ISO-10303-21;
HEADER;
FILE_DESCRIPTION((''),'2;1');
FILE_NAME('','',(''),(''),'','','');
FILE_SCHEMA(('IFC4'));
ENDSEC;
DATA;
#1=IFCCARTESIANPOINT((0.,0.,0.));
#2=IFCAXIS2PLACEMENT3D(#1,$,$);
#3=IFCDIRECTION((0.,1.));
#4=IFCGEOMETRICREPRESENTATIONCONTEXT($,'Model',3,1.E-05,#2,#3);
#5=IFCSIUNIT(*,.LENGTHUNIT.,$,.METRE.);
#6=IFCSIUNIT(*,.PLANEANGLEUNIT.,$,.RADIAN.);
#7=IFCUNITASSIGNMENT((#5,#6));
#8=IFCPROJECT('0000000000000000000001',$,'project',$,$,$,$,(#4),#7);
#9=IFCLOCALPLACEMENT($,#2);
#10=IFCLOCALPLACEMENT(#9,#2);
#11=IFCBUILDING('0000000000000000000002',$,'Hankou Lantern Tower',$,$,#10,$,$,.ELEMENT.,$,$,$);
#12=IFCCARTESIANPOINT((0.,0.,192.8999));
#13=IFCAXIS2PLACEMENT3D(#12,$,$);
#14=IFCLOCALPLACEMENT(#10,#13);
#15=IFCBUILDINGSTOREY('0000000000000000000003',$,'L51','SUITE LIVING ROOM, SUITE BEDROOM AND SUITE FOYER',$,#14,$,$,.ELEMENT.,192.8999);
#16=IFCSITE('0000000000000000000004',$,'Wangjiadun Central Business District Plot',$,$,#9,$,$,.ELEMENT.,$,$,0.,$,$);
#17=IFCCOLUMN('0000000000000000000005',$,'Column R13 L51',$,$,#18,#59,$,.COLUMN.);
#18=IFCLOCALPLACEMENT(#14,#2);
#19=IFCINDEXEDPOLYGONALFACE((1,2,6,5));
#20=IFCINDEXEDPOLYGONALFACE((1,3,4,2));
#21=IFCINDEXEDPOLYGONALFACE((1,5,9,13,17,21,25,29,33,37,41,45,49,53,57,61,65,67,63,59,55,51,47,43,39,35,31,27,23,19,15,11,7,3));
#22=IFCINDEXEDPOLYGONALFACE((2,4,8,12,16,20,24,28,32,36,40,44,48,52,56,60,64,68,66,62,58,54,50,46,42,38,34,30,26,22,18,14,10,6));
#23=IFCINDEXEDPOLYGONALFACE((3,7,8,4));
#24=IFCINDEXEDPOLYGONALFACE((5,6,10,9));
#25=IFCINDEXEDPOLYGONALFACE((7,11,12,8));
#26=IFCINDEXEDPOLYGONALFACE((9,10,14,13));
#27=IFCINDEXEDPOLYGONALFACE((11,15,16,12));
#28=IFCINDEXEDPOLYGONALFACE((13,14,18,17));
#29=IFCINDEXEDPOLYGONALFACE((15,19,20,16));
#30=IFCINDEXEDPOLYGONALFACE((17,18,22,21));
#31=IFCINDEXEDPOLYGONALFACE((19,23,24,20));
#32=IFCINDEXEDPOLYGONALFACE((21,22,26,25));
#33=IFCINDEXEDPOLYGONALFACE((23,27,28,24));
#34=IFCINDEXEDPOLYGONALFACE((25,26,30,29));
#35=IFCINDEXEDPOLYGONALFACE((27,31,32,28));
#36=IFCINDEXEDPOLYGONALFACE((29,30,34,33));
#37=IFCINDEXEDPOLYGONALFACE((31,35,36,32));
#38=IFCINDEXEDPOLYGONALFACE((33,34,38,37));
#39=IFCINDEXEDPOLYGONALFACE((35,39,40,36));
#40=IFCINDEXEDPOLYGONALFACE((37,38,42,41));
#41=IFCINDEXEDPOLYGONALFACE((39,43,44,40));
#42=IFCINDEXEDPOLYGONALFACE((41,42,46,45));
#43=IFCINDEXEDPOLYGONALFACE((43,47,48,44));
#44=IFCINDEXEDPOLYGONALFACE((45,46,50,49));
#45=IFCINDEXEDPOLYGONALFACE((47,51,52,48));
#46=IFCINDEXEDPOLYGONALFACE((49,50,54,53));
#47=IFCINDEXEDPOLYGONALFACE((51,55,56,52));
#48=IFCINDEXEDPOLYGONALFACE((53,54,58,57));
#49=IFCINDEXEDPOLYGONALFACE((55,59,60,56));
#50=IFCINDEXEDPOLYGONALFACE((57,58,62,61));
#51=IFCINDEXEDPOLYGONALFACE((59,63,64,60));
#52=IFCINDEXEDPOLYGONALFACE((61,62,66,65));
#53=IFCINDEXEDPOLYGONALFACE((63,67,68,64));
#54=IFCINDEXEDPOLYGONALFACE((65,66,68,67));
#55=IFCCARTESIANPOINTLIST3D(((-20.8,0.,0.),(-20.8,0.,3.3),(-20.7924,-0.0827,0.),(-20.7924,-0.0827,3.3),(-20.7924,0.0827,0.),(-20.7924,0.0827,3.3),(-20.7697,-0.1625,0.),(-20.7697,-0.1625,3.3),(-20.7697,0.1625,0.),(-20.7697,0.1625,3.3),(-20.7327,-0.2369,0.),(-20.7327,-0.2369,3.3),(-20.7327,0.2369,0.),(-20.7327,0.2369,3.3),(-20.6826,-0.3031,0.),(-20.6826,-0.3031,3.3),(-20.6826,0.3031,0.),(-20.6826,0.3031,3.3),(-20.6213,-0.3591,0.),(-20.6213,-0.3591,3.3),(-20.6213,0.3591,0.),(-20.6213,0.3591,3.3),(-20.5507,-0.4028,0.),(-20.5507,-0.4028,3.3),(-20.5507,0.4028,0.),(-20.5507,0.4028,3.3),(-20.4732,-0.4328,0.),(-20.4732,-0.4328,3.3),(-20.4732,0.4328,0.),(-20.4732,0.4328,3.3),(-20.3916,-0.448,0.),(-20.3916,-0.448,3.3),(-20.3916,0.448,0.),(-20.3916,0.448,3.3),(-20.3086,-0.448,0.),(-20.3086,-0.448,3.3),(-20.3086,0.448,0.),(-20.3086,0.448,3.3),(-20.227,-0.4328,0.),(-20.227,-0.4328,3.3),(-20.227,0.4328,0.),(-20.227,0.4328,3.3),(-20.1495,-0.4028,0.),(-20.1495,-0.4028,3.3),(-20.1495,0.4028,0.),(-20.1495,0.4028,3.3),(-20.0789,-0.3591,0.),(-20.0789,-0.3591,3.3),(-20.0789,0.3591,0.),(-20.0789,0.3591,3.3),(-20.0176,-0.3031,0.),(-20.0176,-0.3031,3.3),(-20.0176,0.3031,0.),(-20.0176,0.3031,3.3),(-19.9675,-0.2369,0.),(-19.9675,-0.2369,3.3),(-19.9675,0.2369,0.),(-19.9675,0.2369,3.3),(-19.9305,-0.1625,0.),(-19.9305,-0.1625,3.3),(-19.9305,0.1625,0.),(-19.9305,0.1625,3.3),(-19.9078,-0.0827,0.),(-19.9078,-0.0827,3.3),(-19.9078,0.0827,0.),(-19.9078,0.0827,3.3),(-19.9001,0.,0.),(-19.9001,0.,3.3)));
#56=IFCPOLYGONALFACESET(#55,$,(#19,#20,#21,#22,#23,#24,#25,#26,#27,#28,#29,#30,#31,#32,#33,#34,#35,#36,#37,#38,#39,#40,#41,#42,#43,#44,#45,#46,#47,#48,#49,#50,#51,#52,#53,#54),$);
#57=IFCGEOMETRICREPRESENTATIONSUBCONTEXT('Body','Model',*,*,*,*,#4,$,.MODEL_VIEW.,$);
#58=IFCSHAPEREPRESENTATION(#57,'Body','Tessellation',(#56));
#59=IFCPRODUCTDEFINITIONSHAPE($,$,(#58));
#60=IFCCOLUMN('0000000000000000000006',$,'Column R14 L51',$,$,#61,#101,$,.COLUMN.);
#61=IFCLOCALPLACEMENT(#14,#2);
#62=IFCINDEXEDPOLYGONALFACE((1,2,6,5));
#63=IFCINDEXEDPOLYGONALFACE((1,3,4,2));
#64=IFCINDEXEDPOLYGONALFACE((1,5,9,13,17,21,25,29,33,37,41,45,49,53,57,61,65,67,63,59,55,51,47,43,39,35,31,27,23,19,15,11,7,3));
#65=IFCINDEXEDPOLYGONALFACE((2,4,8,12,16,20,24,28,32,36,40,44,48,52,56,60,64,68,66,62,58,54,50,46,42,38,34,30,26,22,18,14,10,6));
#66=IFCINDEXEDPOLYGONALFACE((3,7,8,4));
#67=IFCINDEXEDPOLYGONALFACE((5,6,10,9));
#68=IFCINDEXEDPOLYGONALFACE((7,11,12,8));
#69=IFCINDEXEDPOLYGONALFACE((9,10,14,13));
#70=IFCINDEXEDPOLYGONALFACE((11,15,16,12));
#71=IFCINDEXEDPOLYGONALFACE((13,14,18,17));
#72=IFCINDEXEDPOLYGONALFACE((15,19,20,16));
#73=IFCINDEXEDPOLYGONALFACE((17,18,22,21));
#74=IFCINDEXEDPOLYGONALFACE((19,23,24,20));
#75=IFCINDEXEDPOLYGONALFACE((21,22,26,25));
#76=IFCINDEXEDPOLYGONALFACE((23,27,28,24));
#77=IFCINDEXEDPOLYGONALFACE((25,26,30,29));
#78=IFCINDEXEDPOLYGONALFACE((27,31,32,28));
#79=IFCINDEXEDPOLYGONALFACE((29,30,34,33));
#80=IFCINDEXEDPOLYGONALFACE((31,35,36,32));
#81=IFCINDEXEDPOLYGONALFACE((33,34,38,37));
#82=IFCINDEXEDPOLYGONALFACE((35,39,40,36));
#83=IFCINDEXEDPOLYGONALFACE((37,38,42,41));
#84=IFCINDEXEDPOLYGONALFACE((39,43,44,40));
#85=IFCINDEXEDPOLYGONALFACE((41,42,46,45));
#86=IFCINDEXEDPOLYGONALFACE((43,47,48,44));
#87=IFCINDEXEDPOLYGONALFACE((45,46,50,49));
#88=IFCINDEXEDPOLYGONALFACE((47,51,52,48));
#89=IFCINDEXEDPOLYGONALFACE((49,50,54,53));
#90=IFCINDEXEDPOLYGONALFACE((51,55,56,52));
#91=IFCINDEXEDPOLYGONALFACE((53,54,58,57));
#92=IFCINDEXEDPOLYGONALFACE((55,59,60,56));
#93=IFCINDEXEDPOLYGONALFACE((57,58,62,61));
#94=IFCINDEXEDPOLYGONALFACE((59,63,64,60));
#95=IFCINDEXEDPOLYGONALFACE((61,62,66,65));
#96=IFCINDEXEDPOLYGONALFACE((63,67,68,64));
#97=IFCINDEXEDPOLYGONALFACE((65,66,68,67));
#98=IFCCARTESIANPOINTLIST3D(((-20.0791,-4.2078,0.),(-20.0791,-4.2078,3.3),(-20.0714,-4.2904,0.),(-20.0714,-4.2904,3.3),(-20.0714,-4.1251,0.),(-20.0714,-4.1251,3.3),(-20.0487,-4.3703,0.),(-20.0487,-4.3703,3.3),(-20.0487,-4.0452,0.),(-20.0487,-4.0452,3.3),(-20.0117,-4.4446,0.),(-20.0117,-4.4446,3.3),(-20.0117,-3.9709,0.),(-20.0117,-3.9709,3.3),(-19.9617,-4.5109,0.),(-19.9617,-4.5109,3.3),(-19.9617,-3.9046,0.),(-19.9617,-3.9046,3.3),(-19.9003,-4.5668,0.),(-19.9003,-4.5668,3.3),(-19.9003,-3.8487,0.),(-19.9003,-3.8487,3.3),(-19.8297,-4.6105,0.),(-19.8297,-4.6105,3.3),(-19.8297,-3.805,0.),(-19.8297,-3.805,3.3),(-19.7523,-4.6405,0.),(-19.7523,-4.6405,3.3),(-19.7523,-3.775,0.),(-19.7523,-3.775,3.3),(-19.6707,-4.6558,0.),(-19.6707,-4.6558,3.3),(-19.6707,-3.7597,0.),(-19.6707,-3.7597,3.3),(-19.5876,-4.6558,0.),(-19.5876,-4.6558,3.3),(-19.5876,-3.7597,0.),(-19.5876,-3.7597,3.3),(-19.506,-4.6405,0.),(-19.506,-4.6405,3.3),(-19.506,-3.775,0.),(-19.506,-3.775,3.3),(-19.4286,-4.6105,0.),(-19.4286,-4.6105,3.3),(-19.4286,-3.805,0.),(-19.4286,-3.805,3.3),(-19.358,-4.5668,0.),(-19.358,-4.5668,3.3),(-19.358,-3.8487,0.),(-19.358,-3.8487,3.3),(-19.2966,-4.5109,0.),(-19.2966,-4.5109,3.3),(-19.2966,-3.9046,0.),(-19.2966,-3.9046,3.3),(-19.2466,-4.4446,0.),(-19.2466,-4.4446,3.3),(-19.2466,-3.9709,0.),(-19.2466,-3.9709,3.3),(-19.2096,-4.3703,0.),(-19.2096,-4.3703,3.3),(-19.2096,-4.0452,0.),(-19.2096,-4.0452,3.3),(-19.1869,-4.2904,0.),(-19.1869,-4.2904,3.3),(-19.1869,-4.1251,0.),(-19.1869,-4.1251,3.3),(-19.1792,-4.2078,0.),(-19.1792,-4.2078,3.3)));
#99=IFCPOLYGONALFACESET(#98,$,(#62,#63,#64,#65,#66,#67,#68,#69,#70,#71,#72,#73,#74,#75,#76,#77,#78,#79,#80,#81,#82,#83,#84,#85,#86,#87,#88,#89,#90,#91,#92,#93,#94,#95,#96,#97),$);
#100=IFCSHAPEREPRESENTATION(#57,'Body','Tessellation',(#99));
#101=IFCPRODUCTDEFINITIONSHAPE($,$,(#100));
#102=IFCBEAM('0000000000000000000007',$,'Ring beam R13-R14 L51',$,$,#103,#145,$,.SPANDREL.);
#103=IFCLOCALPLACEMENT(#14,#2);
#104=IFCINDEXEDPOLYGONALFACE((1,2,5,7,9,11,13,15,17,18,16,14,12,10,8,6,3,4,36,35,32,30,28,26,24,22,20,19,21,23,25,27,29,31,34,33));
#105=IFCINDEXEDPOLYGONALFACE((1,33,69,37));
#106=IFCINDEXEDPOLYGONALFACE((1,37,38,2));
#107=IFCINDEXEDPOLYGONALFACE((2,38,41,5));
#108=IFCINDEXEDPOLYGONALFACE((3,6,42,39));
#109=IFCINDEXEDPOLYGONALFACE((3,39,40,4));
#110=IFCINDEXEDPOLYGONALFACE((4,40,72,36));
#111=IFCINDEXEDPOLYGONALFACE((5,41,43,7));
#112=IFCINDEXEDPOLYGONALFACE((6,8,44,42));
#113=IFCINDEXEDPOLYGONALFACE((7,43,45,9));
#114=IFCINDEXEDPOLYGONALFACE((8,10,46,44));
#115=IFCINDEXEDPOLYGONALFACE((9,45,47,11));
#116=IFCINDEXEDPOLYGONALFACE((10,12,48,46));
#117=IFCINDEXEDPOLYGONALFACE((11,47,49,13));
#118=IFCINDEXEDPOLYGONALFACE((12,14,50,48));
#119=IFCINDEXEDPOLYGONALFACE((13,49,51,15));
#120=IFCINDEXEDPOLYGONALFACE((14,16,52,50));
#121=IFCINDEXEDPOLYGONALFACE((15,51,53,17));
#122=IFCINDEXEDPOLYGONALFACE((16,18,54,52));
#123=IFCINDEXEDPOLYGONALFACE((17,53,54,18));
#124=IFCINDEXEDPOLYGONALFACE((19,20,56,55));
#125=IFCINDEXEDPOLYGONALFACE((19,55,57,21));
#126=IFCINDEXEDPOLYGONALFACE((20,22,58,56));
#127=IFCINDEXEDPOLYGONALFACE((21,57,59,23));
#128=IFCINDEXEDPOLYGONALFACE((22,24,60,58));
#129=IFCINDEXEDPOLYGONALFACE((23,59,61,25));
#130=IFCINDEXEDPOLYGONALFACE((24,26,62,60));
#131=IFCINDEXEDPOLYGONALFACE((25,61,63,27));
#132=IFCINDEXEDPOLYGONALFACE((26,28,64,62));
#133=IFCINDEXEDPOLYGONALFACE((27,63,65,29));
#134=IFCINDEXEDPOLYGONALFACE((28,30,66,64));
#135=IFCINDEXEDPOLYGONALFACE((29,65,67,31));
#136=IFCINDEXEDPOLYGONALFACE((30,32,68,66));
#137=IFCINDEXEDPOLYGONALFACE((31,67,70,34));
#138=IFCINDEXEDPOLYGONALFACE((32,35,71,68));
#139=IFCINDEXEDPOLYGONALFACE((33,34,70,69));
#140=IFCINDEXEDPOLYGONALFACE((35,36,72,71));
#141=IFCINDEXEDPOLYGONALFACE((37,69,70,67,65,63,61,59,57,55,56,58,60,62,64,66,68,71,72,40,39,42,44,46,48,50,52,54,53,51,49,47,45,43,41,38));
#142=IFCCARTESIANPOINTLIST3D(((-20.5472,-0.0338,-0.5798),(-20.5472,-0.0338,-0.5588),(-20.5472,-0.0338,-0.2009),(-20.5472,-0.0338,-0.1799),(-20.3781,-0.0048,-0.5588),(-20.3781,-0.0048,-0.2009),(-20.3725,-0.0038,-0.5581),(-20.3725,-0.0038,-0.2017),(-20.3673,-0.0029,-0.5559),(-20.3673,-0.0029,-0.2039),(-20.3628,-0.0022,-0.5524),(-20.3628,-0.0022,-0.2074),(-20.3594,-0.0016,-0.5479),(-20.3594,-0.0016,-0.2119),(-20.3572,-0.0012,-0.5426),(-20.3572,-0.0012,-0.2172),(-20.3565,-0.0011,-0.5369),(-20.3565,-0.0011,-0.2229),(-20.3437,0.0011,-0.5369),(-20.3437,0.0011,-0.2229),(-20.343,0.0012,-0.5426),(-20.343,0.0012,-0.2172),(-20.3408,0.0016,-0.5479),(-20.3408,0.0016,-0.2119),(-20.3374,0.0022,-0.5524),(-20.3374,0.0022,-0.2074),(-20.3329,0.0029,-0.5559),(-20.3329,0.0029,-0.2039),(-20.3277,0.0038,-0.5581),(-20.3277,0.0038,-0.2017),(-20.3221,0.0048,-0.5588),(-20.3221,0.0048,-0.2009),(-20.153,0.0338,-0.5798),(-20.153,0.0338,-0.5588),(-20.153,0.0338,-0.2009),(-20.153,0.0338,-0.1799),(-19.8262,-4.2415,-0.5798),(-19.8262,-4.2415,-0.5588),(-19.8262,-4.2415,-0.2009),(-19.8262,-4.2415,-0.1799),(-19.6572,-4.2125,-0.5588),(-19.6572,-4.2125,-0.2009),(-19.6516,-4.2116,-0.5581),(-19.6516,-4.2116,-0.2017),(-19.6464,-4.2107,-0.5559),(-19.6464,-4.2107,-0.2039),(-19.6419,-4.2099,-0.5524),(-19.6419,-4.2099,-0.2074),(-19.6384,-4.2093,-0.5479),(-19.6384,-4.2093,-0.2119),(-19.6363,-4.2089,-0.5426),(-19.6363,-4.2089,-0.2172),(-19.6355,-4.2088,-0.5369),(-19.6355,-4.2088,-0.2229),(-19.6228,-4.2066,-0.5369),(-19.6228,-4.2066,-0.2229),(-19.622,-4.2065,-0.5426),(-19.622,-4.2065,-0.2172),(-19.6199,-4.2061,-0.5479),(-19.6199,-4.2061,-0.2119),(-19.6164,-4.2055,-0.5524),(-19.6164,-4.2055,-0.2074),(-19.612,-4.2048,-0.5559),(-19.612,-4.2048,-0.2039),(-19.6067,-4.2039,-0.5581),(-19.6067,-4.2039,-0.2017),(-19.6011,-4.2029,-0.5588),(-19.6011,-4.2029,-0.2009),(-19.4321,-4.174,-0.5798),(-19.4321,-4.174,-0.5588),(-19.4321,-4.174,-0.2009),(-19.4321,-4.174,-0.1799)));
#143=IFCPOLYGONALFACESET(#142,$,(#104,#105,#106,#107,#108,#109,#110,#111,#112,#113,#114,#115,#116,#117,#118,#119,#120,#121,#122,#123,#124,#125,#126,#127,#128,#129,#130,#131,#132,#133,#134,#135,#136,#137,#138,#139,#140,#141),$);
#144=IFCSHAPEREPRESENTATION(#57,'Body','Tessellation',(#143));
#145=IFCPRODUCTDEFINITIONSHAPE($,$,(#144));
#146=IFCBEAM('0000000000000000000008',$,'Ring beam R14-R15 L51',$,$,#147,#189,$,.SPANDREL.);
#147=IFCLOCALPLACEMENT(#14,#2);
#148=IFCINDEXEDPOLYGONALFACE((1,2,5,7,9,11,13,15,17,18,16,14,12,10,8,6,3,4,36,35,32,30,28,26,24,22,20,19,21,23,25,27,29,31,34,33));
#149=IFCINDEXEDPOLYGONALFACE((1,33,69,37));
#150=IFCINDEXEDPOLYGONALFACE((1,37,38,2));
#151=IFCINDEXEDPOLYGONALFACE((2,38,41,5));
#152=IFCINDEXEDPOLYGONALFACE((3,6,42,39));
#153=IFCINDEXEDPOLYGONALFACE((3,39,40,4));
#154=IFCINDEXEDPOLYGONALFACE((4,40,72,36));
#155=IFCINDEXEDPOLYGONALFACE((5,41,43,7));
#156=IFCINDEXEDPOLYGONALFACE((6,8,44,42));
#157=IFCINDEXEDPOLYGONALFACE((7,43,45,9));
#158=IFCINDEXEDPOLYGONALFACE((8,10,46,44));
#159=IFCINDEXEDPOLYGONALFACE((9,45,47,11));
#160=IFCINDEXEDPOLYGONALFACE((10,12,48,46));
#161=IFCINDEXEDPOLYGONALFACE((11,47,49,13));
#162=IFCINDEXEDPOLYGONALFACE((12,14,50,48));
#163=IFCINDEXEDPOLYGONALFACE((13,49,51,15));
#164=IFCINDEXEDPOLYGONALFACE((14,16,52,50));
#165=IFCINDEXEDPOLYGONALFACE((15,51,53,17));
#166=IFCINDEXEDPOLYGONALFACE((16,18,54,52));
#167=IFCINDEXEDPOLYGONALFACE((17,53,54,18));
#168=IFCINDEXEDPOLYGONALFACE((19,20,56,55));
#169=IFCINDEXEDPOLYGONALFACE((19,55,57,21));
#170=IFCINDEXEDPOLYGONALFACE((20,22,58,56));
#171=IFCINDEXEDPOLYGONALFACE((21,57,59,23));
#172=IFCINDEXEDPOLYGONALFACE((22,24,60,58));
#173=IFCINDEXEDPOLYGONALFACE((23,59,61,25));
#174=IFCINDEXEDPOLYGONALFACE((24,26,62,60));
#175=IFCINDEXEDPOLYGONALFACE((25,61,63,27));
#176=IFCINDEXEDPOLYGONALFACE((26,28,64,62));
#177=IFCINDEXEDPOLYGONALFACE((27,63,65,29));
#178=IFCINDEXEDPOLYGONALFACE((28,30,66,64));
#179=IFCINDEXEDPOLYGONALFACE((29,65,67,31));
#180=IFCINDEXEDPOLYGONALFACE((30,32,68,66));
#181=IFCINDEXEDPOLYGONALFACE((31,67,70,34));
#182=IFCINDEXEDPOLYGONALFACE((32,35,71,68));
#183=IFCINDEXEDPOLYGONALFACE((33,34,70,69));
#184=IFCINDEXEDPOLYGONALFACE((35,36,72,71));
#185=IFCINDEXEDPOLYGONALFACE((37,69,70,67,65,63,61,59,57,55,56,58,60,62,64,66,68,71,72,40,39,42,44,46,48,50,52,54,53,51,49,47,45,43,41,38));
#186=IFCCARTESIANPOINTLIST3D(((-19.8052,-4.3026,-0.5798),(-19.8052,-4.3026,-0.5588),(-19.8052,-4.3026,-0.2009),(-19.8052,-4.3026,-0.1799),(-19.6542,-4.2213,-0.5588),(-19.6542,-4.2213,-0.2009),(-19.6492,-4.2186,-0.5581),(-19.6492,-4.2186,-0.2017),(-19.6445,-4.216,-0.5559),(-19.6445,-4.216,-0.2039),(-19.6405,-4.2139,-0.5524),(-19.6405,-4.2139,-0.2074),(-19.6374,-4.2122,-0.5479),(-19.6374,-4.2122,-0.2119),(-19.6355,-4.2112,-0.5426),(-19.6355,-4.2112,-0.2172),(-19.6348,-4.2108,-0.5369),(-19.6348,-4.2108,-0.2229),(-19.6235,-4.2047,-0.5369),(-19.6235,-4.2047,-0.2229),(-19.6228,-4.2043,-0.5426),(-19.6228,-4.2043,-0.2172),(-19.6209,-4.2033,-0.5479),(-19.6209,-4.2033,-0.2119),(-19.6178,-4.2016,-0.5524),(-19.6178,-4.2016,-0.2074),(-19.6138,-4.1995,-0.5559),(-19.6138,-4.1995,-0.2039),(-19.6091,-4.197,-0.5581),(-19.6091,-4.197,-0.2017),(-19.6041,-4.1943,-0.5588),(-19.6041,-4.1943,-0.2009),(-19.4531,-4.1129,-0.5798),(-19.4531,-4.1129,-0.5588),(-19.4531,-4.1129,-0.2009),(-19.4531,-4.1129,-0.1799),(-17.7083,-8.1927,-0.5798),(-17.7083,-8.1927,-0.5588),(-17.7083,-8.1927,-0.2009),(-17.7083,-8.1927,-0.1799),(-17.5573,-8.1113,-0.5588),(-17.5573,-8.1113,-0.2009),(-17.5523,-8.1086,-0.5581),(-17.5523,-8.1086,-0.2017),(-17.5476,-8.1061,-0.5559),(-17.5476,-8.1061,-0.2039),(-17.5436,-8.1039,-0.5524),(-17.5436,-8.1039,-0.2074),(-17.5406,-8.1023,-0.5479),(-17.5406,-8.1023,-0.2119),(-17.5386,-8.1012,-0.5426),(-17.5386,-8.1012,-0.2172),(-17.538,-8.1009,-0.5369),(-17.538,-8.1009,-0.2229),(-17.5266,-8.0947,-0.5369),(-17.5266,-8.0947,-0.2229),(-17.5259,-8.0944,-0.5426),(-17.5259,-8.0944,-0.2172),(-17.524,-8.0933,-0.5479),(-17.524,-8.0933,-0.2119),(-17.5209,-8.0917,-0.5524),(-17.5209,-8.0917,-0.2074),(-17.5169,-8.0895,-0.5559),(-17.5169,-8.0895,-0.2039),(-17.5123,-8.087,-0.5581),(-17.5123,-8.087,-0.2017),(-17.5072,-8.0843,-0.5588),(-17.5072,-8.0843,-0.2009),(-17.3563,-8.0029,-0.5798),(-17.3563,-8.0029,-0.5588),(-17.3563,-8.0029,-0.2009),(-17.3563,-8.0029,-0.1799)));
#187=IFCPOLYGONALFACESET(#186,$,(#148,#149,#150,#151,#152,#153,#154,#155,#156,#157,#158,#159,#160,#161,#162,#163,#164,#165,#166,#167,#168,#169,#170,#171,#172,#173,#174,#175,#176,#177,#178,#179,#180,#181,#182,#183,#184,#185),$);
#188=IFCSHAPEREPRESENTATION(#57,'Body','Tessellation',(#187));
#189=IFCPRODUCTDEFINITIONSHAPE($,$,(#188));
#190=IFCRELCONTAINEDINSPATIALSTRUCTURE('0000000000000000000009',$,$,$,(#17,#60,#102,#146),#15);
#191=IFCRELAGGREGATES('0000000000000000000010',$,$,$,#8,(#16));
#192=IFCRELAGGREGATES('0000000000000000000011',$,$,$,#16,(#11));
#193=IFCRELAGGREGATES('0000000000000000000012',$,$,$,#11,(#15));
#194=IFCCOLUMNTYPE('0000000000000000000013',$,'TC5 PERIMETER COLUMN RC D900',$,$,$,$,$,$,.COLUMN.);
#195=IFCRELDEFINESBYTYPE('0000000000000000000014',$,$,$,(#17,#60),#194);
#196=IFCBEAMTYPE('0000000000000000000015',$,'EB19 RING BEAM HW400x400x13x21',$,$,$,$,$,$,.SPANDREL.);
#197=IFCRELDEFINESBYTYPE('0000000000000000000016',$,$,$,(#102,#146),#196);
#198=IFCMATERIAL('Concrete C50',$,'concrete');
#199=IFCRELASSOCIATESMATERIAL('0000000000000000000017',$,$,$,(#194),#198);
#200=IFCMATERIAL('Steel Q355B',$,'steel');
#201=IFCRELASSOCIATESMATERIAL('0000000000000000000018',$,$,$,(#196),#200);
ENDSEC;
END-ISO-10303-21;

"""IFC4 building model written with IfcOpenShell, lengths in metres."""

from ifc_helpers import new_model, si_unit, direction, frame, origin, origin_2d, place, context, subcontext, project, spatial, circle, i_section, extrude, material, material_profile, profile_set, type_object, element, save


model = new_model("IFC4")

# Units and contexts
model_context = context("Model", 3, precision=1e-05, world=origin(), true_north=direction((0.0, 1.0)))
body_context = subcontext(model_context, "Body", "Model", "MODEL_VIEW")
ifc_project = project(units=[si_unit("LENGTHUNIT", "METRE"), si_unit("PLANEANGLEUNIT", "RADIAN")], contexts=[model_context])

# Site, building, storey
site_placement = place(None, origin())
site = spatial("IfcSite", under=ifc_project, at=site_placement, Name="Wangjiadun Central Business District Plot", CompositionType="ELEMENT", RefElevation=0.0)
building_placement = place(site_placement, origin())
building = spatial("IfcBuilding", under=site, at=building_placement, Name="Hankou Lantern Tower", CompositionType="ELEMENT")
storey_placement = place(building_placement, frame((0.0, 0.0, 192.8999)))
storey = spatial("IfcBuildingStorey", under=building, at=storey_placement, Name="L51", Description="SUITE LIVING ROOM, SUITE BEDROOM AND SUITE FOYER", CompositionType="ELEMENT", Elevation=192.8999)

# Columns
ifc_material_1 = material(Name="Concrete C50", Category="concrete")
ifc_material_profile_1 = material_profile(ifc_material_1, circle(Radius=0.45, at=origin_2d()), Name="RC D900")
ifc_profile_set_1 = profile_set([ifc_material_profile_1], Name="Concrete C50")
column_type = type_object("IfcColumnType", Name="TC5 PERIMETER COLUMN RC D900", PredefinedType="COLUMN", material=ifc_profile_set_1)
for number, where, z_axis, x_axis, name in (
    (1, (-20.3501, 0.0, 0.0), (0.0, 0.0, 1.0), (1.0, 0.0, 0.0), "Column R13 L51"),
    (2, (-19.6292, -4.2078, 0.0), (0.0, 0.0, 1.0), (1.0, 0.0, 0.0), "Column R14 L51"),
):
    element("IfcColumn", number, at=place(storey_placement, frame(where, z_axis=z_axis, x_axis=x_axis)), inside=storey, type_object=column_type, Name=name, PredefinedType="COLUMN", context=body_context, shape_type="SweptSolid", body=[
        extrude(circle(Radius=0.45, at=origin_2d()), origin(), (0.0, 0.0, 1.0), 3.3),
    ])

# Beams
ifc_material_2 = material(Name="Steel Q355B", Category="steel")
ifc_material_profile_2 = material_profile(ifc_material_2, i_section(OverallWidth=0.3999, OverallDepth=0.3999, WebThickness=0.0129, FlangeThickness=0.021, FilletRadius=0.022, at=origin_2d()), Name="HW400x400x13x21")
ifc_profile_set_2 = profile_set([ifc_material_profile_2], Name="Steel Q355B")
beam_type_1 = type_object("IfcBeamType", Name="EB19 RING BEAM HW400x400x13x21", PredefinedType="SPANDREL", material=ifc_profile_set_2)
beam_1_placement = place(storey_placement, frame((-20.3501, 0.0, -0.3799), z_axis=(0.168877, -0.985637, 0.0), x_axis=(0.985637, 0.168877, 0.0)))
element("IfcBeam", 3, at=beam_1_placement, inside=storey, type_object=beam_type_1, Name="Ring beam R13-R14 L51", PredefinedType="SPANDREL", context=body_context, shape_type="SweptSolid", body=[
    extrude(i_section(OverallWidth=0.3999, OverallDepth=0.3999, WebThickness=0.0129, FlangeThickness=0.021, FilletRadius=0.022, at=origin_2d()), origin(), (0.0, 0.0, 1.0), 4.269),
])
beam_2_placement = place(storey_placement, frame((-19.6292, -4.2078, -0.3799), z_axis=(0.474492, -0.88026, 0.0), x_axis=(0.88026, 0.474492, 0.0)))
element("IfcBeam", 4, at=beam_2_placement, inside=storey, type_object=beam_type_1, Name="Ring beam R14-R15 L51", PredefinedType="SPANDREL", context=body_context, shape_type="SweptSolid", body=[
    extrude(i_section(OverallWidth=0.3999, OverallDepth=0.3999, WebThickness=0.0129, FlangeThickness=0.021, FilletRadius=0.022, at=origin_2d()), origin(), (0.0, 0.0, 1.0), 4.4192),
])

save(model, "model.ifc")
